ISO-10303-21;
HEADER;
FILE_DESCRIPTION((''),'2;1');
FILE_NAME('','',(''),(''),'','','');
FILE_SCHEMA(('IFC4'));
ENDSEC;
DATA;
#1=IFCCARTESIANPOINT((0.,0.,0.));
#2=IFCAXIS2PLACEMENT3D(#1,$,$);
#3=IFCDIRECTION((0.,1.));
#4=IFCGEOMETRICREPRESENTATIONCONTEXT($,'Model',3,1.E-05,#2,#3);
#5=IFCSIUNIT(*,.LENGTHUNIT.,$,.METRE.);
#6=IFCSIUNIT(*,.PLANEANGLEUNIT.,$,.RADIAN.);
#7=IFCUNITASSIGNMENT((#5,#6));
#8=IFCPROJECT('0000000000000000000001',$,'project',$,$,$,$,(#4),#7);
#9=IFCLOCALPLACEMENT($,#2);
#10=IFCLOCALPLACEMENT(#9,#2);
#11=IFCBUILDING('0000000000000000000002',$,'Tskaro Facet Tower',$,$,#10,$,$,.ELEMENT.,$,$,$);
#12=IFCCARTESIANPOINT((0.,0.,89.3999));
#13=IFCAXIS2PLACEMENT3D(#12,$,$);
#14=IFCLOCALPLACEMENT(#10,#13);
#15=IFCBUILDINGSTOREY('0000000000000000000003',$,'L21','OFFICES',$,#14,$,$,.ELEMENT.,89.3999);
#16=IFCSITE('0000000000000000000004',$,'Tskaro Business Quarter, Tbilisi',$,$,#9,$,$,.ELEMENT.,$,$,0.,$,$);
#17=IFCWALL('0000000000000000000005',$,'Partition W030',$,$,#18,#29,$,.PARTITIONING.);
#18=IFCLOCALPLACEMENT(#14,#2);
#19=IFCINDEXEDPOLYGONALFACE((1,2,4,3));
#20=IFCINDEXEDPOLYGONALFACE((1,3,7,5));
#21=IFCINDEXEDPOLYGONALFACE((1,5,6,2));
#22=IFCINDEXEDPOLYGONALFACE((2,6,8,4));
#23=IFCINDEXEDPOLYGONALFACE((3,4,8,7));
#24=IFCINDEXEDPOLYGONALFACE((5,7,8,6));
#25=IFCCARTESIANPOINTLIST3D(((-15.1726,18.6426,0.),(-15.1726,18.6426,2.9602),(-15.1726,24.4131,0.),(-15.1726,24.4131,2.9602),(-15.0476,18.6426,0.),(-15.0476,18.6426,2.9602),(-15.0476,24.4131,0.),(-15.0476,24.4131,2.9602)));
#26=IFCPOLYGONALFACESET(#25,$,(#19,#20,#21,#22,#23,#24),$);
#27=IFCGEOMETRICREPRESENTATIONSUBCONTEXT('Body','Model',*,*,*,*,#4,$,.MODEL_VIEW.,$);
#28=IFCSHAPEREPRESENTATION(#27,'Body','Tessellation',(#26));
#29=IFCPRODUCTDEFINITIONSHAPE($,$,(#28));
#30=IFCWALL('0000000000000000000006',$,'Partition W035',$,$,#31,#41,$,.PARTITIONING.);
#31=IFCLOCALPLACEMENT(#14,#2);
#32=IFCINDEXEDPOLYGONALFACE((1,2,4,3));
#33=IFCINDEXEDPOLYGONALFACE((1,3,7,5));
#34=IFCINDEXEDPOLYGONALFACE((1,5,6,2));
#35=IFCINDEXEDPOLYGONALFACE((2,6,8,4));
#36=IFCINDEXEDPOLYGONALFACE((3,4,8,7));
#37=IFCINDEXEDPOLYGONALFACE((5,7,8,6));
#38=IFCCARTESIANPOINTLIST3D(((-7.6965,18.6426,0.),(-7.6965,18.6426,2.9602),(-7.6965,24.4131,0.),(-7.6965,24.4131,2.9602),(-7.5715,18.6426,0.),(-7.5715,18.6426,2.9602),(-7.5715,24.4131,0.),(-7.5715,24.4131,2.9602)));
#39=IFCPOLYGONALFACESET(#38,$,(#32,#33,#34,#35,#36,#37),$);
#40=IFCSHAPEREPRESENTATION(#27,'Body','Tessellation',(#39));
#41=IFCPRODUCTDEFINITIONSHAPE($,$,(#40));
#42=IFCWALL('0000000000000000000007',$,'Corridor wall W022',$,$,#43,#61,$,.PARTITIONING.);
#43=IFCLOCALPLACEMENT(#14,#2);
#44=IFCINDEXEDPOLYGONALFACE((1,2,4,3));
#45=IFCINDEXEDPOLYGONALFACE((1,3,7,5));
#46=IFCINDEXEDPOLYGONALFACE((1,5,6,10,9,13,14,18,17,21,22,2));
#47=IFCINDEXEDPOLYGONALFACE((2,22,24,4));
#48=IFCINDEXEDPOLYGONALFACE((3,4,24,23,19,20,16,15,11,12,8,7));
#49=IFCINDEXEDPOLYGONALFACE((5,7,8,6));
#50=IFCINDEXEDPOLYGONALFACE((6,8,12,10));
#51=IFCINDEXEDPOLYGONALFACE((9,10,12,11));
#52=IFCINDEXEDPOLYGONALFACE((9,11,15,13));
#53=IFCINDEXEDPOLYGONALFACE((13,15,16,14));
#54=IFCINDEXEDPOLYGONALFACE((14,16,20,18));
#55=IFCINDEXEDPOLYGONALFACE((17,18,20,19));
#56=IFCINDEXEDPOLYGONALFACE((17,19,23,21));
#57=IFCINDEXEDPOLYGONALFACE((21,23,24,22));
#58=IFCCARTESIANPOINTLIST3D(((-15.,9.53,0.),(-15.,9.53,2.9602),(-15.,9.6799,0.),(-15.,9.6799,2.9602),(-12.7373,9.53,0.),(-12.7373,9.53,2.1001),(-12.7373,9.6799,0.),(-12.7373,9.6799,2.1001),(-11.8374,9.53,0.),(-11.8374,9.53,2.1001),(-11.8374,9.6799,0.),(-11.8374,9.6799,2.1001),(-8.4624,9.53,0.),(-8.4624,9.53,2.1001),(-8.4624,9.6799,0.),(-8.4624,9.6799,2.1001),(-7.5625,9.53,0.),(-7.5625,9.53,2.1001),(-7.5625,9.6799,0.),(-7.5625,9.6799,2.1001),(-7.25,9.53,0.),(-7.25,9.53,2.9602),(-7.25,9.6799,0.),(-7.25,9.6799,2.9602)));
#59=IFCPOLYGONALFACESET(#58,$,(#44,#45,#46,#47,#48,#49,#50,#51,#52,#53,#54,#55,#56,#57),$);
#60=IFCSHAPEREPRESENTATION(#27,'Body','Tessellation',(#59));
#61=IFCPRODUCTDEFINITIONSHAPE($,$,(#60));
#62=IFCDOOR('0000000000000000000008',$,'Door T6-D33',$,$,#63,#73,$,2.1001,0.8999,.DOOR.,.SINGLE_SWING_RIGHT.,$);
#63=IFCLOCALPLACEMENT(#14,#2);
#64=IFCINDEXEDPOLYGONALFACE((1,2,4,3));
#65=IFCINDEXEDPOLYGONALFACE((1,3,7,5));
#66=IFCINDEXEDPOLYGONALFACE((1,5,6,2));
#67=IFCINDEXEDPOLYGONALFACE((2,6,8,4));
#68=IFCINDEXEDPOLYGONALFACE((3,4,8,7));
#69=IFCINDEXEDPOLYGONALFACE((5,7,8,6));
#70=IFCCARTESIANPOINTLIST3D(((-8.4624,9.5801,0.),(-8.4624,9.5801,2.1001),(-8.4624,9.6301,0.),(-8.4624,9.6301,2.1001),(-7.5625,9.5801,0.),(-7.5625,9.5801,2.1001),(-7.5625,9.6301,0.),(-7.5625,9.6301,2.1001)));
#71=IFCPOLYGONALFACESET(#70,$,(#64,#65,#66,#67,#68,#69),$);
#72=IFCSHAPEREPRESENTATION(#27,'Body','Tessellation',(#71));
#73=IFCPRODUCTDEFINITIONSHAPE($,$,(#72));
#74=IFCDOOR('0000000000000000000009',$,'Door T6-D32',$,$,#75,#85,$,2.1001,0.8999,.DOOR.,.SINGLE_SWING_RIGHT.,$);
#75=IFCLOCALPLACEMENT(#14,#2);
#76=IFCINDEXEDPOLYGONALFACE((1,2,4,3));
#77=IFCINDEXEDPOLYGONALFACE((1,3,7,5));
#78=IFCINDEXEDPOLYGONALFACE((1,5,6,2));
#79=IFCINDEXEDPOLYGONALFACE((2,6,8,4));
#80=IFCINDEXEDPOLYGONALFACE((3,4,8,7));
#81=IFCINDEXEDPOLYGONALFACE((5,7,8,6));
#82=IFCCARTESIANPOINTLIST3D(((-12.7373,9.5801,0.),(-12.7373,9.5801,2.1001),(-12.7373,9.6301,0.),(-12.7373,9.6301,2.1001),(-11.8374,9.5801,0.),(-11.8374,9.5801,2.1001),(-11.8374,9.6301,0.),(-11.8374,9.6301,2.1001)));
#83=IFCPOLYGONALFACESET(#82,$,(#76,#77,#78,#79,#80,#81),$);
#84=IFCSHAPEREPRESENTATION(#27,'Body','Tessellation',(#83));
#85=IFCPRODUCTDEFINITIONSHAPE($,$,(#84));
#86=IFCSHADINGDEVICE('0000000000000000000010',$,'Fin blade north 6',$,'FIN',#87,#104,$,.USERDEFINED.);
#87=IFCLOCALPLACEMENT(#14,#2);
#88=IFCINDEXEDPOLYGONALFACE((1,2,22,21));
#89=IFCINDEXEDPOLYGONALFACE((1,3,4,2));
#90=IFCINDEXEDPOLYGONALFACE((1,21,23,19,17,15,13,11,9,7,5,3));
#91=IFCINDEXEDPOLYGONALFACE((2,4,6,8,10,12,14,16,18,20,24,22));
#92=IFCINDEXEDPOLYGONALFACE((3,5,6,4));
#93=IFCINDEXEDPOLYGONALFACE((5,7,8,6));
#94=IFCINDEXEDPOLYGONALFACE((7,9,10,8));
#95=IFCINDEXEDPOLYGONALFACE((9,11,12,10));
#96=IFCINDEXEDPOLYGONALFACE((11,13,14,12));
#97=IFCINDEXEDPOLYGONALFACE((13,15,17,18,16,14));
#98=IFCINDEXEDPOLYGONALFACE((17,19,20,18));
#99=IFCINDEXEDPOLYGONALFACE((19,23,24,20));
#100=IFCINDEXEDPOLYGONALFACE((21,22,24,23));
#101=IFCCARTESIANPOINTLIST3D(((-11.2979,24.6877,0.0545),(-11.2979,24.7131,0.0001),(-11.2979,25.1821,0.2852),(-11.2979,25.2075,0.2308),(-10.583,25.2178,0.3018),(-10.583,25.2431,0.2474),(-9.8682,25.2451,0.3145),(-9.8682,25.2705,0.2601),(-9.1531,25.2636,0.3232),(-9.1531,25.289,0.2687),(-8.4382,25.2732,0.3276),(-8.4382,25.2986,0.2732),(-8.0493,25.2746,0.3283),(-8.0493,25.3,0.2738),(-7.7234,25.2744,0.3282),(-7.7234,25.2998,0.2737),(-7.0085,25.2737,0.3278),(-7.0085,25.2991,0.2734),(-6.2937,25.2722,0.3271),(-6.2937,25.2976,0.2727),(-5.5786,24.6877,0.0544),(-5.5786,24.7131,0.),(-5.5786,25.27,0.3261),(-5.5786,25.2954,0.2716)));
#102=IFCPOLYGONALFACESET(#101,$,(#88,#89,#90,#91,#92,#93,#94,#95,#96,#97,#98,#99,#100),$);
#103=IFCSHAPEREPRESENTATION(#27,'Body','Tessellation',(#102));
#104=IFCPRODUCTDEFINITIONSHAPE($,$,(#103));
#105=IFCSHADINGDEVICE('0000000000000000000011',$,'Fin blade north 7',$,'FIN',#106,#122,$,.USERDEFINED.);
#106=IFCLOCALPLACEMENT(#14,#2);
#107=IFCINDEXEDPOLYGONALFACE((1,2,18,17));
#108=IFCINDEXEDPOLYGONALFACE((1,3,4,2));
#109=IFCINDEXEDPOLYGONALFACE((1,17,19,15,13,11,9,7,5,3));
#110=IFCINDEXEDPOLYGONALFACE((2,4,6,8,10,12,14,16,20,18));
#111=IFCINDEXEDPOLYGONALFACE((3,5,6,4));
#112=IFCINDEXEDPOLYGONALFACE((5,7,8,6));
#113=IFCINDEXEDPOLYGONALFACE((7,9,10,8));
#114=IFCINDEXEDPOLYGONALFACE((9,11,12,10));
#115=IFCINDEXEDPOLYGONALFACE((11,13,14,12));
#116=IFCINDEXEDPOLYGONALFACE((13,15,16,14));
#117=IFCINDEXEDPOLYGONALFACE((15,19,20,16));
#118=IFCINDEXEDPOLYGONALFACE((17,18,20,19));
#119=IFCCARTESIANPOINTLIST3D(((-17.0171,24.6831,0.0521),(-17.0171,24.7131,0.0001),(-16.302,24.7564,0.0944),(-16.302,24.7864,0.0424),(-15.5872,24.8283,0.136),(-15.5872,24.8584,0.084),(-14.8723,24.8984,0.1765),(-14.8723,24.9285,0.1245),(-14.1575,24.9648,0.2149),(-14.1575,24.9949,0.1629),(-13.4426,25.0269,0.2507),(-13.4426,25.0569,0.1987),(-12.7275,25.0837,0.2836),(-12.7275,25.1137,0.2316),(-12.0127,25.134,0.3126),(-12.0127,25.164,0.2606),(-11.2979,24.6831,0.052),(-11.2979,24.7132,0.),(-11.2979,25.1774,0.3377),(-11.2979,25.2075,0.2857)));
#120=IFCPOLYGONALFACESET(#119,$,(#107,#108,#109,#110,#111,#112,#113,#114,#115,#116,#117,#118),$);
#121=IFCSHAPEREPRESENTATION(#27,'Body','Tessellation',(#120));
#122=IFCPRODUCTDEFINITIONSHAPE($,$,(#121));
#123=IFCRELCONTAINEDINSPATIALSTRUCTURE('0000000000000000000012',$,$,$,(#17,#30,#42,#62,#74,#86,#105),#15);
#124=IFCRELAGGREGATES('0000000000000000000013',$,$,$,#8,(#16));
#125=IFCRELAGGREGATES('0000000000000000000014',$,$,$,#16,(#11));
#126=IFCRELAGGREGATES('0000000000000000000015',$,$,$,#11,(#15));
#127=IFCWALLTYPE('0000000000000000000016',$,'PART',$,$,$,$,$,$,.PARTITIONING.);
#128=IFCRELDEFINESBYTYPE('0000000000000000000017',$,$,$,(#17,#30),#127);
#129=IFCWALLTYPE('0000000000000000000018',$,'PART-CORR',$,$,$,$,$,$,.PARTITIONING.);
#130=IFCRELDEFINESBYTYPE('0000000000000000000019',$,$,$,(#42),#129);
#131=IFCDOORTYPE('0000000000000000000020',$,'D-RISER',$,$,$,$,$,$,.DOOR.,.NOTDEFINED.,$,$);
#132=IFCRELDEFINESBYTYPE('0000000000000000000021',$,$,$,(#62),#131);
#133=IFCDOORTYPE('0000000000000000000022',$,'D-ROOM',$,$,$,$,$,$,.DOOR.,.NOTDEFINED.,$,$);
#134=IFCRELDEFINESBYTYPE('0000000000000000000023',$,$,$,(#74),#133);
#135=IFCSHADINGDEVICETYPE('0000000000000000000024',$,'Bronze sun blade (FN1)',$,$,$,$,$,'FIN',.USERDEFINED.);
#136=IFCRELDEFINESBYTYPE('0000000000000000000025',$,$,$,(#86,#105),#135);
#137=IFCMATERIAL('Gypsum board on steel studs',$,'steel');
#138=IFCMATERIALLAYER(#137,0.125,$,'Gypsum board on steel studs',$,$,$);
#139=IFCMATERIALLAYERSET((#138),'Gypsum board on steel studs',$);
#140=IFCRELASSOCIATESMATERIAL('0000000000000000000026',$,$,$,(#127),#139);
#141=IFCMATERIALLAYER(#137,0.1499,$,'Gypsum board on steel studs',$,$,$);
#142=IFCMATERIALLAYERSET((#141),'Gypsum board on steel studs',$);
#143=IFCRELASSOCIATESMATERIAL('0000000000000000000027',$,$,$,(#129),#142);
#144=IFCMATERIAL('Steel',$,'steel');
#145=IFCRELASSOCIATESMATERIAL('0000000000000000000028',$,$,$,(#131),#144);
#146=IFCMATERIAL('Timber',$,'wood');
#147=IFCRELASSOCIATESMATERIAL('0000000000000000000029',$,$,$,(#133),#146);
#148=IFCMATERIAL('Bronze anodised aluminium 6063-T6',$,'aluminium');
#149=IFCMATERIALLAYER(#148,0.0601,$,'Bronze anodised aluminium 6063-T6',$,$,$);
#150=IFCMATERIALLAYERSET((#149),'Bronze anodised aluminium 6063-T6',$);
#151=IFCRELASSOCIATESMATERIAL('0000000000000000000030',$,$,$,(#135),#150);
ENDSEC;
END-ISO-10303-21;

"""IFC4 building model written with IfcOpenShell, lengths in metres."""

from ifc_helpers import new_model, si_unit, direction, frame, frame_2d, origin, place, context, subcontext, project, spatial, polyline, rectangle, outline, extrude, material, layer, layer_set, type_object, element, fill, save


model = new_model("IFC4")

# Units and contexts
model_context = context("Model", 3, precision=1e-05, world=origin(), true_north=direction((0.0, 1.0)))
body_context = subcontext(model_context, "Body", "Model", "MODEL_VIEW")
ifc_project = project(units=[si_unit("LENGTHUNIT", "METRE"), si_unit("PLANEANGLEUNIT", "RADIAN")], contexts=[model_context])

# Site, building, storey
site_placement = place(None, origin())
site = spatial("IfcSite", under=ifc_project, at=site_placement, Name="Tskaro Business Quarter, Tbilisi", CompositionType="ELEMENT", RefElevation=0.0)
building_placement = place(site_placement, origin())
building = spatial("IfcBuilding", under=site, at=building_placement, Name="Tskaro Facet Tower", CompositionType="ELEMENT")
storey_placement = place(building_placement, frame((0.0, 0.0, 89.3999)))
storey = spatial("IfcBuildingStorey", under=building, at=storey_placement, Name="L21", Description="OFFICES", CompositionType="ELEMENT", Elevation=89.3999)

# Shared definitions
ifc_material_1 = material(Name="Bronze anodised aluminium 6063-T6", Category="aluminium")

# Walls
ifc_material_2 = material(Name="Gypsum board on steel studs", Category="steel")
ifc_layer_1 = layer(ifc_material_2, 0.125, Name="Gypsum board on steel studs")
ifc_layer_set_1 = layer_set([ifc_layer_1], Name="Gypsum board on steel studs")
wall_type_1 = type_object("IfcWallType", Name="PART", PredefinedType="PARTITIONING", material=ifc_layer_set_1)
for number, where, z_axis, x_axis, name in (
    (1, (-15.1101, 18.6426, 0.0), (0.0, 0.0, 1.0), (0.0, 1.0, 0.0), "Partition W030"),
    (2, (-7.634, 18.6426, 0.0), (0.0, 0.0, 1.0), (0.0, 1.0, 0.0), "Partition W035"),
):
    element("IfcWall", number, at=place(storey_placement, frame(where, z_axis=z_axis, x_axis=x_axis)), inside=storey, type_object=wall_type_1, Name=name, PredefinedType="PARTITIONING", context=body_context, shape_type="SweptSolid", body=[
        extrude(rectangle(XDim=5.7705, YDim=0.125, at=frame_2d((2.8853, 0.0))), origin(), (0.0, 0.0, 1.0), 2.9602),
    ])

# Wall, openings, doors
ifc_layer_2 = layer(ifc_material_2, 0.1499, Name="Gypsum board on steel studs")
ifc_layer_set_2 = layer_set([ifc_layer_2], Name="Gypsum board on steel studs")
wall_type_2 = type_object("IfcWallType", Name="PART-CORR", PredefinedType="PARTITIONING", material=ifc_layer_set_2)
wall_placement = place(storey_placement, frame((-7.25, 9.605, 0.0), z_axis=(0.0, 0.0, 1.0), x_axis=(-1.0, 0.0, 0.0)))
wall = element("IfcWall", 3, at=wall_placement, inside=storey, type_object=wall_type_2, Name="Corridor wall W022", PredefinedType="PARTITIONING", context=body_context, shape_type="SweptSolid", body=[
    extrude(rectangle(XDim=7.75, YDim=0.1499, at=frame_2d((3.875, 0.0))), origin(), (0.0, 0.0, 1.0), 2.9602),
])
opening_1_placement = place(wall_placement, frame((0.3125, 0.0, 0.0)))
opening_1 = element("IfcOpeningElement", 4, at=opening_1_placement, cuts=wall, PredefinedType="OPENING", context=body_context, shape_type="SweptSolid", body=[
    extrude(rectangle(XDim=0.8999, YDim=2.1001, at=frame_2d((0.45, 1.05))), frame((0.0, 0.085, 0.0), z_axis=(0.0, -1.0, 0.0), x_axis=(1.0, 0.0, 0.0)), (0.0, 0.0, 1.0), 0.1699),
])
opening_2_placement = place(wall_placement, frame((4.5874, 0.0, 0.0)))
opening_2 = element("IfcOpeningElement", 5, at=opening_2_placement, cuts=wall, PredefinedType="OPENING", context=body_context, shape_type="SweptSolid", body=[
    extrude(rectangle(XDim=0.8999, YDim=2.1001, at=frame_2d((0.45, 1.05))), frame((0.0, 0.085, 0.0), z_axis=(0.0, -1.0, 0.0), x_axis=(1.0, 0.0, 0.0)), (0.0, 0.0, 1.0), 0.1699),
])
ifc_material_3 = material(Name="Steel", Category="steel")
door_type_1 = type_object("IfcDoorType", Name="D-RISER", OperationType="NOTDEFINED", PredefinedType="DOOR", material=ifc_material_3)
door_1_placement = place(opening_1_placement, origin())
door_1 = element("IfcDoor", 6, at=door_1_placement, inside=storey, type_object=door_type_1, Name="Door T6-D33", OperationType="SINGLE_SWING_RIGHT", OverallHeight=2.1001, OverallWidth=0.8999, PredefinedType="DOOR", context=body_context, shape_type="SweptSolid", body=[
    extrude(rectangle(XDim=0.8999, YDim=2.1001, at=frame_2d((0.45, 1.05))), frame((0.0, 0.0249, 0.0), z_axis=(0.0, -1.0, 0.0), x_axis=(1.0, 0.0, 0.0)), (0.0, 0.0, 1.0), 0.05),
])
fill(opening_1, door_1)
ifc_material_4 = material(Name="Timber", Category="wood")
door_type_2 = type_object("IfcDoorType", Name="D-ROOM", OperationType="NOTDEFINED", PredefinedType="DOOR", material=ifc_material_4)
door_2_placement = place(opening_2_placement, origin())
door_2 = element("IfcDoor", 7, at=door_2_placement, inside=storey, type_object=door_type_2, Name="Door T6-D32", OperationType="SINGLE_SWING_RIGHT", OverallHeight=2.1001, OverallWidth=0.8999, PredefinedType="DOOR", context=body_context, shape_type="SweptSolid", body=[
    extrude(rectangle(XDim=0.8999, YDim=2.1001, at=frame_2d((0.45, 1.05))), frame((0.0, 0.0249, 0.0), z_axis=(0.0, -1.0, 0.0), x_axis=(1.0, 0.0, 0.0)), (0.0, 0.0, 1.0), 0.05),
])
fill(opening_2, door_2)

# Shading devices
ifc_layer_3 = layer(ifc_material_1, 0.0601, Name="Bronze anodised aluminium 6063-T6")
ifc_layer_set_3 = layer_set([ifc_layer_3], Name="Bronze anodised aluminium 6063-T6")
shading_device_type = type_object("IfcShadingDeviceType", Name="Bronze sun blade (FN1)", ElementType="FIN", PredefinedType="USERDEFINED", material=ifc_layer_set_3)
shading_device_1_placement = place(storey_placement, frame((-5.5786, 24.6877, 0.0544), z_axis=(0.000018, -0.42277, 0.906237), x_axis=(-1.0, -0.000008, 0.000016)))
element("IfcShadingDevice", 8, at=shading_device_1_placement, inside=storey, type_object=shading_device_type, Name="Fin blade north 6", ObjectType="FIN", PredefinedType="USERDEFINED", context=body_context, shape_type="SweptSolid", body=[
    extrude(outline(polyline([(0.0, 0.0), (5.7192, 0.0), (5.7192, -0.5456), (5.0044, -0.5849), (4.2896, -0.615), (3.5745, -0.6355), (2.8596, -0.6461), (2.4707, -0.6476), (2.1448, -0.6474), (1.4299, -0.6466), (0.7151, -0.645), (0.0, -0.6425), (0.0, 0.0)])), origin(), (0.0, 0.0, -1.0), 0.0601),
])
shading_device_2_placement = place(storey_placement, frame((-11.2979, 24.6831, 0.052), z_axis=(0.000017, -0.500405, 0.865792), x_axis=(-1.0, -0.000008, 0.000014)))
element("IfcShadingDevice", 9, at=shading_device_2_placement, inside=storey, type_object=shading_device_type, Name="Fin blade north 7", ObjectType="FIN", PredefinedType="USERDEFINED", context=body_context, shape_type="SweptSolid", body=[
    extrude(outline(polyline([(0.0, 0.0), (5.7192, 0.0), (5.0042, -0.0847), (4.2893, -0.1678), (3.5745, -0.2487), (2.8596, -0.3254), (2.1448, -0.3971), (1.4297, -0.4627), (0.7148, -0.5208), (0.0, -0.571), (0.0, 0.0)])), origin(), (0.0, 0.0, -1.0), 0.0601),
])

save(model, "model.ifc")
